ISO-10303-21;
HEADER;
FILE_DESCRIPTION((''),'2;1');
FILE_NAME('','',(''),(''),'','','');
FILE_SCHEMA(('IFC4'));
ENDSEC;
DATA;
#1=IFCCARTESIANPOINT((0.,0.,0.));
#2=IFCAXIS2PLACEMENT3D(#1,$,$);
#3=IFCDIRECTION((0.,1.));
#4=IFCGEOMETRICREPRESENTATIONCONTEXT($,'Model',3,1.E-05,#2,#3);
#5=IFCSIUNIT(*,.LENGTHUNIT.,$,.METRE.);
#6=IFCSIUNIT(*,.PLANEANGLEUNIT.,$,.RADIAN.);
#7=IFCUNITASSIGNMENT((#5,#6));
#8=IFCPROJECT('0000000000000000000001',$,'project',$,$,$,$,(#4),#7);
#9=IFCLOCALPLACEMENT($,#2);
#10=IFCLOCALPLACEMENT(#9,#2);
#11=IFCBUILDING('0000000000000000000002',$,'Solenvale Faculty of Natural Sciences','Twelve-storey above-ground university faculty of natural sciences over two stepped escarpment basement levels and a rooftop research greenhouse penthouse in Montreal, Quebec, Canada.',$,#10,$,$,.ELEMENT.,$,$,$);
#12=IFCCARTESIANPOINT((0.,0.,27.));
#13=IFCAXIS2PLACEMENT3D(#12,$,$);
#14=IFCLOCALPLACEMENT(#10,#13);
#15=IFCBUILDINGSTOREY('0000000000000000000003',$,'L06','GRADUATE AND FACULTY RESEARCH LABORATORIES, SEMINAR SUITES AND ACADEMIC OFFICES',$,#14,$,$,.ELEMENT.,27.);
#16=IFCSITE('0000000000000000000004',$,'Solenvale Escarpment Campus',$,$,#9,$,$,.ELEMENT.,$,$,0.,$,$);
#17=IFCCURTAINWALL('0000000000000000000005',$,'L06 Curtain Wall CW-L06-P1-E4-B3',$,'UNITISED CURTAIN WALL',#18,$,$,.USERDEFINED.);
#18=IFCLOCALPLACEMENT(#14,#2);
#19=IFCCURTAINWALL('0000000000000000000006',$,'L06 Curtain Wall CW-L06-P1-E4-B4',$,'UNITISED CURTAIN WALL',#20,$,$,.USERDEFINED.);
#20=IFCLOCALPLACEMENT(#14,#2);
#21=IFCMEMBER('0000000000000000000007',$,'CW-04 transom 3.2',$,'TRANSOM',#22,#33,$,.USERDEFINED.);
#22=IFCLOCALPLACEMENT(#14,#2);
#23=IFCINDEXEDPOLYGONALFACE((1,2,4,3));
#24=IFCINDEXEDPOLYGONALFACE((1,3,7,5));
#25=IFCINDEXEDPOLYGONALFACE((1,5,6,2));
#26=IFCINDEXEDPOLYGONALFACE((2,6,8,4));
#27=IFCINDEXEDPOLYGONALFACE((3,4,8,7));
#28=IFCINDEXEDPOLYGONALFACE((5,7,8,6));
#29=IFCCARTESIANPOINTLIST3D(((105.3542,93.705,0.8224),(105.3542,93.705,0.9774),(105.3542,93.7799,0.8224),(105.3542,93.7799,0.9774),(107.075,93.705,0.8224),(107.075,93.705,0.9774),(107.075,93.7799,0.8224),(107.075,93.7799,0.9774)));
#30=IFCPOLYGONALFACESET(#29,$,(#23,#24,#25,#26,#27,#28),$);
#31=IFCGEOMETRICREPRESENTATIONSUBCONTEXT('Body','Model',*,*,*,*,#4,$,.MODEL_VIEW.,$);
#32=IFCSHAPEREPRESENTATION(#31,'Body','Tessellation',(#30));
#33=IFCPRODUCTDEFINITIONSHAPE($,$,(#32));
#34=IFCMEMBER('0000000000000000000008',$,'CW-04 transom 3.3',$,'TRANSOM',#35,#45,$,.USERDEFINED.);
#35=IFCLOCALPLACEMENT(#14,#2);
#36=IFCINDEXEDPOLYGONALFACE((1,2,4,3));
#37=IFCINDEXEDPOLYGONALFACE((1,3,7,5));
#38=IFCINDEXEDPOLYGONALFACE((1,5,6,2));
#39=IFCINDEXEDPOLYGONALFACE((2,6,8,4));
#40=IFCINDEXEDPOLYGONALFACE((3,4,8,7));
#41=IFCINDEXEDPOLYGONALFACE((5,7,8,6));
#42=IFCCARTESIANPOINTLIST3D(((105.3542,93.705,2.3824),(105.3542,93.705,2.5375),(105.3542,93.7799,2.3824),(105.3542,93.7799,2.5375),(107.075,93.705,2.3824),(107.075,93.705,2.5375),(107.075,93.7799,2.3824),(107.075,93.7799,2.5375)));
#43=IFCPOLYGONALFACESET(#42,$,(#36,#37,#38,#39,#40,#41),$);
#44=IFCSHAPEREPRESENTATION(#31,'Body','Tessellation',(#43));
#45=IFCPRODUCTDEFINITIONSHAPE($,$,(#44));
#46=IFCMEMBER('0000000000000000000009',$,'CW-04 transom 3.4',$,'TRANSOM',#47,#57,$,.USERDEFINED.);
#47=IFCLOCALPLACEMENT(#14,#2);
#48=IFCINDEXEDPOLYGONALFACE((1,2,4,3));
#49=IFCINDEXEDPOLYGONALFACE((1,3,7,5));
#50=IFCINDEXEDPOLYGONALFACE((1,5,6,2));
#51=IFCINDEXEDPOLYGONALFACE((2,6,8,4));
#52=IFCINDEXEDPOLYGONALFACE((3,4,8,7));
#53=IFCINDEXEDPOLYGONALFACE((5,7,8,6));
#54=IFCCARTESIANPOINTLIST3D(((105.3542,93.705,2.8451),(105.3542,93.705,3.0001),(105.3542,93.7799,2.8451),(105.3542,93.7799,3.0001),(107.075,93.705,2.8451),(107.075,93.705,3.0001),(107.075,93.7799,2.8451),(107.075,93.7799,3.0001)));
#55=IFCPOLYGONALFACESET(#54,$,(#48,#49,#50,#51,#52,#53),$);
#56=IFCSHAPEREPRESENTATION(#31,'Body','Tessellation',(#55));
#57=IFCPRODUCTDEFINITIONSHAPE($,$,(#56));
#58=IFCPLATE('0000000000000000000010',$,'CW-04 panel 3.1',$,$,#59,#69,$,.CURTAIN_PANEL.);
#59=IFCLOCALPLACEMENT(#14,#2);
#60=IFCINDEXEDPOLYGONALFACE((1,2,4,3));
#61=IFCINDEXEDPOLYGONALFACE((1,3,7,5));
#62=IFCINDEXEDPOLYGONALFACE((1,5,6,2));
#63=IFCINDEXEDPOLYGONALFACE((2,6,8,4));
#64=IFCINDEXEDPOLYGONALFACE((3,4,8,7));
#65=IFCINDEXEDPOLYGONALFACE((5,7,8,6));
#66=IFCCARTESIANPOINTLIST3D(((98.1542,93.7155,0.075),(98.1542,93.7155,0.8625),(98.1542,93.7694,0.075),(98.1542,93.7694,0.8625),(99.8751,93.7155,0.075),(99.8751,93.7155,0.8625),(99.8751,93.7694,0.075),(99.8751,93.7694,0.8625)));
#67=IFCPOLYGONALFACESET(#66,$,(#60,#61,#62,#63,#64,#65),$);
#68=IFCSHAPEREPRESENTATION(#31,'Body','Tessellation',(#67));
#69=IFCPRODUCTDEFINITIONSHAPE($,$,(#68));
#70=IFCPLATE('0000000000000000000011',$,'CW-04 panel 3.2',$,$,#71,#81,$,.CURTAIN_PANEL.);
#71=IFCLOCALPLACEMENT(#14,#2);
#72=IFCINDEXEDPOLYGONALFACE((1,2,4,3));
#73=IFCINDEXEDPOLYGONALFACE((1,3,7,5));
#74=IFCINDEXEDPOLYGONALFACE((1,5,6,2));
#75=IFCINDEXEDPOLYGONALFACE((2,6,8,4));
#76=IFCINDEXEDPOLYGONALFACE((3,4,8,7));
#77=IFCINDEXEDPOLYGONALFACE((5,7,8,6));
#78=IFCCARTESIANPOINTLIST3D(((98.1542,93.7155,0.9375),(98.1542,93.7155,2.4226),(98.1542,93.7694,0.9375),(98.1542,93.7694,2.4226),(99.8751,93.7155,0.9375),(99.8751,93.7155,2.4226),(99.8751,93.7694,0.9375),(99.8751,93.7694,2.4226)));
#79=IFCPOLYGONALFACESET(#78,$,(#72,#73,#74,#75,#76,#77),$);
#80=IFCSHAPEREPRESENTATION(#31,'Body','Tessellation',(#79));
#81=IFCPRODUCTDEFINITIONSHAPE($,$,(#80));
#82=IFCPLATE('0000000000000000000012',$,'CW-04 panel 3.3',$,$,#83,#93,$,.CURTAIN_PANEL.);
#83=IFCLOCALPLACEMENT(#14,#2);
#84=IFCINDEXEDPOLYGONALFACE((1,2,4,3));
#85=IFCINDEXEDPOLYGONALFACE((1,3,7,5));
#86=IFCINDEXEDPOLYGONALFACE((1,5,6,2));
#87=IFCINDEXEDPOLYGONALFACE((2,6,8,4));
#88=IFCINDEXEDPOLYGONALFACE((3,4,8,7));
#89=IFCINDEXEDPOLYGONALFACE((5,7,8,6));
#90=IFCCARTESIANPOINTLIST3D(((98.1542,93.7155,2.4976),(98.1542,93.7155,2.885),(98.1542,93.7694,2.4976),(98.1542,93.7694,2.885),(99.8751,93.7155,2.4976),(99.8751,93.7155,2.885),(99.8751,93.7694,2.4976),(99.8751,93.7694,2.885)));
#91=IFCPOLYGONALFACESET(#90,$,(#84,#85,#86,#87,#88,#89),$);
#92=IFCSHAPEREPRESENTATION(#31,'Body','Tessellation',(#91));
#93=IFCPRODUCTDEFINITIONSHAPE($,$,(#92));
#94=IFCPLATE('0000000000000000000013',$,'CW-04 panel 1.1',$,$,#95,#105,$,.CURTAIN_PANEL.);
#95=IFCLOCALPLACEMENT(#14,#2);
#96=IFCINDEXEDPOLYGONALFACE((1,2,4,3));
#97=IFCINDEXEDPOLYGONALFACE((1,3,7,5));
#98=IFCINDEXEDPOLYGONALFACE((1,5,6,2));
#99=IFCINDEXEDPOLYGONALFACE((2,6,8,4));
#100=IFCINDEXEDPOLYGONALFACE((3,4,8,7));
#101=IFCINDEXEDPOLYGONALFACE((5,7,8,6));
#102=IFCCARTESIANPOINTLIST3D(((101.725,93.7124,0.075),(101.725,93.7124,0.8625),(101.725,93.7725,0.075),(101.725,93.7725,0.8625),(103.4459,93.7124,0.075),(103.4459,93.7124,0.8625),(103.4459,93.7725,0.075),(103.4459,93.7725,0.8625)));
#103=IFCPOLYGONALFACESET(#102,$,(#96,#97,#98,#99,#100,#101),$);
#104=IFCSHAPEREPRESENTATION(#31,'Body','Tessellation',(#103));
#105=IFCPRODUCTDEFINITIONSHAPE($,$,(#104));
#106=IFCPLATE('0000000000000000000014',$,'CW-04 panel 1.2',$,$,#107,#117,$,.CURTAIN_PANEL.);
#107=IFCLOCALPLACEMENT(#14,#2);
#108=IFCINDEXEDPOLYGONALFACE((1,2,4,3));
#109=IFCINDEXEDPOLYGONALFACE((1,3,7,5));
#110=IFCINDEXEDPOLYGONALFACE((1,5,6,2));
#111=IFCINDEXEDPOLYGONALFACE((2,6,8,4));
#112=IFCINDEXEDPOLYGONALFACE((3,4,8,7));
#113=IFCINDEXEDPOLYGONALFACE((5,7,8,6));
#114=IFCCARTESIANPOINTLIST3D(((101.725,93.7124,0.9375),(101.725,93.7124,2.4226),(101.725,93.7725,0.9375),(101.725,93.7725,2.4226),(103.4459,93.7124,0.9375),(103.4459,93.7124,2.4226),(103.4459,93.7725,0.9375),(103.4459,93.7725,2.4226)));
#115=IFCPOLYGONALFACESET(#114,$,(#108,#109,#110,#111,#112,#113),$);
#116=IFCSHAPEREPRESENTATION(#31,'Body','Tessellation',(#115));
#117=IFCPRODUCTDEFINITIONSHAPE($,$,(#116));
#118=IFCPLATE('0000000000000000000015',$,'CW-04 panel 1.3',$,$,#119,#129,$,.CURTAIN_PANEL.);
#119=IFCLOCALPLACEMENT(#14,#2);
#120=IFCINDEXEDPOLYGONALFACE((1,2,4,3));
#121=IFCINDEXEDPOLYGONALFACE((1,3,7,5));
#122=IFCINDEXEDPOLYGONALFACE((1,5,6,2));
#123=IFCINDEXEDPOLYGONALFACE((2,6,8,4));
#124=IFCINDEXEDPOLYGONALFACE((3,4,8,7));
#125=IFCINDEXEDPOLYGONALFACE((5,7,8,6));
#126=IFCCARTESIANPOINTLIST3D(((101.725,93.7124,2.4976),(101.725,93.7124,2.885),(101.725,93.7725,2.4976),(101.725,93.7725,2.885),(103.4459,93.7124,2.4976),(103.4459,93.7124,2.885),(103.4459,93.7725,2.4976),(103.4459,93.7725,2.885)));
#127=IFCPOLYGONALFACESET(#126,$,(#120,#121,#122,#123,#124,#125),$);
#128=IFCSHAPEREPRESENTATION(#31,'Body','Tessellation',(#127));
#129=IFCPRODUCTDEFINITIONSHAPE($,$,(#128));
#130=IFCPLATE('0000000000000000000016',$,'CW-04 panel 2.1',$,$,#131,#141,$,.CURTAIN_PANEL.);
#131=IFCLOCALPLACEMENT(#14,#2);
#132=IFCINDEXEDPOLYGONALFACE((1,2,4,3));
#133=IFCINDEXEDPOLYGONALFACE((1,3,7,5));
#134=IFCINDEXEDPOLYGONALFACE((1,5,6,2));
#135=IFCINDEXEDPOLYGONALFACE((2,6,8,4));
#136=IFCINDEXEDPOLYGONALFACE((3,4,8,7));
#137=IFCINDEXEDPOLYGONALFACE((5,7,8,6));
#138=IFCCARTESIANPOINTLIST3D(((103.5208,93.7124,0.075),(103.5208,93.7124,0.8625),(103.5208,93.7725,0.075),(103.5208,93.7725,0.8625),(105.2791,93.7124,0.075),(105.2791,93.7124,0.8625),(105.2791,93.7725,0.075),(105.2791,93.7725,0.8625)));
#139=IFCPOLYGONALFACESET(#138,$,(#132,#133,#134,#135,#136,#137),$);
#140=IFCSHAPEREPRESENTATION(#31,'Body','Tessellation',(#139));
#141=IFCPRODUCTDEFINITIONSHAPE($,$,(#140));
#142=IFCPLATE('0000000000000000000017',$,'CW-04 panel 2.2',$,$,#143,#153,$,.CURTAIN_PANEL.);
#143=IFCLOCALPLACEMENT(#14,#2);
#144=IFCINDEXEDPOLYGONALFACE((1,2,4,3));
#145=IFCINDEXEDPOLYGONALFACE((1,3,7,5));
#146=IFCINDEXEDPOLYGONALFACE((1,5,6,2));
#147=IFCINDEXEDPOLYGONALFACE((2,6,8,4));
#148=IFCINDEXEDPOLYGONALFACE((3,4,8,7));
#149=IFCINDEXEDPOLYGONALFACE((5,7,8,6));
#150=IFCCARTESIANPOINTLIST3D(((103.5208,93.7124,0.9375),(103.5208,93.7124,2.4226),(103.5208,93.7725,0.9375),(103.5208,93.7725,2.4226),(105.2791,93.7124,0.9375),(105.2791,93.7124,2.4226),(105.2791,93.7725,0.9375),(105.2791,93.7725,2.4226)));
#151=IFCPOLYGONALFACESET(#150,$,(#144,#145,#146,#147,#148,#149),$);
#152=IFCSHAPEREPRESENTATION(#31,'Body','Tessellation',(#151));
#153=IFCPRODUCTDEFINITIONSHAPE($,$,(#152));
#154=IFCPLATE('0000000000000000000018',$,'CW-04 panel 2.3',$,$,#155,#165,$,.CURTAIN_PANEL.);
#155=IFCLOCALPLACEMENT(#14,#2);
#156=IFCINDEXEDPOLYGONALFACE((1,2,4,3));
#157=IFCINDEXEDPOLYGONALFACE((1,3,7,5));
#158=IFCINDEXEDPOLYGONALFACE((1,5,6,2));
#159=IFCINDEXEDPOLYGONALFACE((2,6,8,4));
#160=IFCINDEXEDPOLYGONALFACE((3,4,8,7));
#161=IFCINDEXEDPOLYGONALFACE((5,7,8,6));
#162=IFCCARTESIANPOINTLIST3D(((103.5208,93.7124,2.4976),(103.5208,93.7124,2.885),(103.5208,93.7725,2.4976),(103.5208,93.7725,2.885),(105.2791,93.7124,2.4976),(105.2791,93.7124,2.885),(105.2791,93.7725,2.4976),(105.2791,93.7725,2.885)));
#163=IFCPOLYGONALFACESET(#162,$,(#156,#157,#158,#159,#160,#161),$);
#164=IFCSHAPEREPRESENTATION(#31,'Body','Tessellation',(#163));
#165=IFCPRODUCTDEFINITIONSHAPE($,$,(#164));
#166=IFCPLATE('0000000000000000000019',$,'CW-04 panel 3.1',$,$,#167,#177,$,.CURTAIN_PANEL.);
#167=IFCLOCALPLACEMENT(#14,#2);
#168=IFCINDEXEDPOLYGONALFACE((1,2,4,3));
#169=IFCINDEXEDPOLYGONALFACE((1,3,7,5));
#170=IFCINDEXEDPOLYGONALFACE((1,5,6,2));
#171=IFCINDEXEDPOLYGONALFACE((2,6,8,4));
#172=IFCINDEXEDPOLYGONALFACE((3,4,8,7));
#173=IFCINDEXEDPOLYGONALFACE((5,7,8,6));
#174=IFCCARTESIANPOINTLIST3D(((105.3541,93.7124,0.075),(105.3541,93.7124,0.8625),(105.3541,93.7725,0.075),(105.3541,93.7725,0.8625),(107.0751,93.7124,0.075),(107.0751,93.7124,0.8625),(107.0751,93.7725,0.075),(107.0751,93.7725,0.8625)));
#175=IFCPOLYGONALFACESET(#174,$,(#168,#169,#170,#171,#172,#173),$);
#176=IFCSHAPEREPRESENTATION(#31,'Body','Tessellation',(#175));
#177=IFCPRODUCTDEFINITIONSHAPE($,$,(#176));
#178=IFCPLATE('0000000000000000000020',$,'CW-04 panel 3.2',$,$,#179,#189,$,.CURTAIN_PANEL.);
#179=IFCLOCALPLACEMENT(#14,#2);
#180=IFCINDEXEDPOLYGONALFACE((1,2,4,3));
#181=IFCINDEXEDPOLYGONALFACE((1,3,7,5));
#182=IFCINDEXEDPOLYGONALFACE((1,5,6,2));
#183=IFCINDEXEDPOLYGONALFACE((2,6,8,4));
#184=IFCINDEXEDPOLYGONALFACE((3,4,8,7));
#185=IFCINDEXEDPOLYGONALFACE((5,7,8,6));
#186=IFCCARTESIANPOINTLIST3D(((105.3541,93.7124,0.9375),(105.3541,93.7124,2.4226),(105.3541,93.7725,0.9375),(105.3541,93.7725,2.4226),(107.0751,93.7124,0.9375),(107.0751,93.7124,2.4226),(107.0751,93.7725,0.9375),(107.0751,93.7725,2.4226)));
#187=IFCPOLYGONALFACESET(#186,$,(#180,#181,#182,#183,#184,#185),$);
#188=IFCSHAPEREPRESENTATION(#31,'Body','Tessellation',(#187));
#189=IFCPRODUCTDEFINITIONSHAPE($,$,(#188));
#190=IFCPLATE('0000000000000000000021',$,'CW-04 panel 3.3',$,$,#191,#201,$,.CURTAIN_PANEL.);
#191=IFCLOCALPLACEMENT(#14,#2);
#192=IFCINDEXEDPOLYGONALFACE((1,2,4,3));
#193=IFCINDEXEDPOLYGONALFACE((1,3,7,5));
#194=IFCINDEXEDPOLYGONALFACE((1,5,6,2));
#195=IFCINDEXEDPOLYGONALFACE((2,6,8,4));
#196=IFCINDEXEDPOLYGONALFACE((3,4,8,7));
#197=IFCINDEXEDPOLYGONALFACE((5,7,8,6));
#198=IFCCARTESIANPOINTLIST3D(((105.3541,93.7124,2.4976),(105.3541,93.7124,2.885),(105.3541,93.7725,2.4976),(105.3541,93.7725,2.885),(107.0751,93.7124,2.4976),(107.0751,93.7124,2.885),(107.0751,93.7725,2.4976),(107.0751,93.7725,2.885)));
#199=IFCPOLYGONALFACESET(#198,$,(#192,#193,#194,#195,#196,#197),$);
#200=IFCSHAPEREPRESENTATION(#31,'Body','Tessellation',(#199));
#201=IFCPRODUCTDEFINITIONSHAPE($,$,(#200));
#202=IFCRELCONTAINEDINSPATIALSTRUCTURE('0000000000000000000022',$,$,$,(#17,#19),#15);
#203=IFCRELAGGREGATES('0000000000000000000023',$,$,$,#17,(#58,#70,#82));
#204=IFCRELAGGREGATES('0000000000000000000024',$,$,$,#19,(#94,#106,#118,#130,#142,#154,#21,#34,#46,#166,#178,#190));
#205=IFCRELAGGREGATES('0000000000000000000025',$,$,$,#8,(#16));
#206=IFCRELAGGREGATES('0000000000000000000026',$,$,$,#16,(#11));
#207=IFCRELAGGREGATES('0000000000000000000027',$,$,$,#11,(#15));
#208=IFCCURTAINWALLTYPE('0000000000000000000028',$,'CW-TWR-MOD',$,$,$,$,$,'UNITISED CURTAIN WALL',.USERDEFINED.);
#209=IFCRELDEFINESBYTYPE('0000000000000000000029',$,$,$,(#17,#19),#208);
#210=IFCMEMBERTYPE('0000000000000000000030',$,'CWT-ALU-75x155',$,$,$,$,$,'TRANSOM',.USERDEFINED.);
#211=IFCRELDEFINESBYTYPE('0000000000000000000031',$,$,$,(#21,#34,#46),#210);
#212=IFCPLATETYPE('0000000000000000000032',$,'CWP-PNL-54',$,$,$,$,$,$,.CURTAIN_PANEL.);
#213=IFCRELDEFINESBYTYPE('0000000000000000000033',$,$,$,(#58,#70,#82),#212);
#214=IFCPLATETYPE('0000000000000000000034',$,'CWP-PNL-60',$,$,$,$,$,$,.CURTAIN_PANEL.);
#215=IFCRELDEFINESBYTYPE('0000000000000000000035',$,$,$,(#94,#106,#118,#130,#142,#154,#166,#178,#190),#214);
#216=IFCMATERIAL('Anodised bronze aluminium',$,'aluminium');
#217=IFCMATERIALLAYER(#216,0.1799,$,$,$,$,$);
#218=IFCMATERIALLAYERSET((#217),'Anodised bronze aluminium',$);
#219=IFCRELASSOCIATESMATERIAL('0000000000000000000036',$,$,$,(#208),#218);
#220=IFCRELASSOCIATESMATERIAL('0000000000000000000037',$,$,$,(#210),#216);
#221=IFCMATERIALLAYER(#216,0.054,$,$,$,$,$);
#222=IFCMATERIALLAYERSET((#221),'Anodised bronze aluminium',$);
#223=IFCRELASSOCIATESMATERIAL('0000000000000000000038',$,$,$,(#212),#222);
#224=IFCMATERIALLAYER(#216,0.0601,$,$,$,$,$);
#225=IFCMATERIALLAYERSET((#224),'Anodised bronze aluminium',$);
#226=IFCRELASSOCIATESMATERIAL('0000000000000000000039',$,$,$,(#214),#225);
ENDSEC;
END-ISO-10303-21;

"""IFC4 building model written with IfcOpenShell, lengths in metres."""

from ifc_helpers import new_model, si_unit, direction, frame, origin, origin_2d, place, context, subcontext, project, spatial, rectangle, extrude, material, layer, layer_set, material_profile, profile_set, type_object, element, aggregate, save


model = new_model("IFC4")

# Units and contexts
model_context = context("Model", 3, precision=1e-05, world=origin(), true_north=direction((0.0, 1.0)))
body_context = subcontext(model_context, "Body", "Model", "MODEL_VIEW")
ifc_project = project(units=[si_unit("LENGTHUNIT", "METRE"), si_unit("PLANEANGLEUNIT", "RADIAN")], contexts=[model_context])

# Site, building, storey
site_placement = place(None, origin())
site = spatial("IfcSite", under=ifc_project, at=site_placement, Name="Solenvale Escarpment Campus", CompositionType="ELEMENT", RefElevation=0.0)
building_placement = place(site_placement, origin())
building = spatial("IfcBuilding", under=site, at=building_placement, Name="Solenvale Faculty of Natural Sciences", Description="Twelve-storey above-ground university faculty of natural sciences over two stepped escarpment basement levels and a rooftop research greenhouse penthouse in Montreal, Quebec, Canada.", CompositionType="ELEMENT")
storey_placement = place(building_placement, frame((0.0, 0.0, 27.0)))
storey = spatial("IfcBuildingStorey", under=building, at=storey_placement, Name="L06", Description="GRADUATE AND FACULTY RESEARCH LABORATORIES, SEMINAR SUITES AND ACADEMIC OFFICES", CompositionType="ELEMENT", Elevation=27.0)

# Curtain wall
ifc_material_1 = material(Name="Anodised bronze aluminium", Category="aluminium")
ifc_layer_1 = layer(ifc_material_1, 0.1799)
ifc_layer_set_1 = layer_set([ifc_layer_1], Name="Anodised bronze aluminium")
curtain_wall_type = type_object("IfcCurtainWallType", Name="CW-TWR-MOD", ElementType="UNITISED CURTAIN WALL", PredefinedType="USERDEFINED", material=ifc_layer_set_1)
curtain_wall_1_placement = place(storey_placement, origin())
curtain_wall_1 = element("IfcCurtainWall", 1, at=curtain_wall_1_placement, inside=storey, type_object=curtain_wall_type, Name="L06 Curtain Wall CW-L06-P1-E4-B3", ObjectType="UNITISED CURTAIN WALL", PredefinedType="USERDEFINED")

# Curtain wall
curtain_wall_2_placement = place(storey_placement, origin())
curtain_wall_2 = element("IfcCurtainWall", 2, at=curtain_wall_2_placement, inside=storey, type_object=curtain_wall_type, Name="L06 Curtain Wall CW-L06-P1-E4-B4", ObjectType="UNITISED CURTAIN WALL", PredefinedType="USERDEFINED")

# Members
ifc_material_profile_1 = material_profile(ifc_material_1, rectangle(XDim=0.075, YDim=0.155, at=origin_2d()), Name="ALU-TRN-75x155")
ifc_profile_set_1 = profile_set([ifc_material_profile_1], Name="Anodised bronze aluminium")
member_type_1 = type_object("IfcMemberType", Name="CWT-ALU-75x155", ElementType="TRANSOM", PredefinedType="USERDEFINED", material=ifc_profile_set_1)
member_1_placement = place(storey_placement, frame((105.3542, 93.7424, 0.8999), z_axis=(1.0, 0.0, 0.0), x_axis=(0.0, 1.0, 0.0)))
member_1 = element("IfcMember", 3, at=member_1_placement, type_object=member_type_1, Name="CW-04 transom 3.2", ObjectType="TRANSOM", PredefinedType="USERDEFINED", context=body_context, shape_type="SweptSolid", body=[
    extrude(rectangle(XDim=0.075, YDim=0.155, at=origin_2d()), origin(), (0.0, 0.0, 1.0), 1.7207),
])
member_2_placement = place(storey_placement, frame((105.3542, 93.7424, 2.46), z_axis=(1.0, 0.0, 0.0), x_axis=(0.0, 1.0, 0.0)))
member_2 = element("IfcMember", 4, at=member_2_placement, type_object=member_type_1, Name="CW-04 transom 3.3", ObjectType="TRANSOM", PredefinedType="USERDEFINED", context=body_context, shape_type="SweptSolid", body=[
    extrude(rectangle(XDim=0.075, YDim=0.155, at=origin_2d()), origin(), (0.0, 0.0, 1.0), 1.7207),
])
member_3_placement = place(storey_placement, frame((105.3542, 93.7424, 2.9226), z_axis=(1.0, 0.0, 0.0), x_axis=(0.0, 1.0, 0.0)))
member_3 = element("IfcMember", 5, at=member_3_placement, type_object=member_type_1, Name="CW-04 transom 3.4", ObjectType="TRANSOM", PredefinedType="USERDEFINED", context=body_context, shape_type="SweptSolid", body=[
    extrude(rectangle(XDim=0.075, YDim=0.155, at=origin_2d()), origin(), (0.0, 0.0, 1.0), 1.7207),
])

# Plates
ifc_layer_2 = layer(ifc_material_1, 0.054)
ifc_layer_set_2 = layer_set([ifc_layer_2], Name="Anodised bronze aluminium")
plate_type_1 = type_object("IfcPlateType", Name="CWP-PNL-54", PredefinedType="CURTAIN_PANEL", material=ifc_layer_set_2)
plate_1_placement = place(storey_placement, frame((99.0146, 93.7424, 0.075), z_axis=(0.0, 0.0, 1.0), x_axis=(1.0, 0.0, 0.0)))
plate_1 = element("IfcPlate", 6, at=plate_1_placement, type_object=plate_type_1, Name="CW-04 panel 3.1", PredefinedType="CURTAIN_PANEL", context=body_context, shape_type="SweptSolid", body=[
    extrude(rectangle(XDim=1.7209, YDim=0.054, at=origin_2d()), origin(), (0.0, 0.0, 1.0), 0.7876),
])
plate_2_placement = place(storey_placement, frame((99.0146, 93.7424, 0.9375), z_axis=(0.0, 0.0, 1.0), x_axis=(1.0, 0.0, 0.0)))
plate_2 = element("IfcPlate", 7, at=plate_2_placement, type_object=plate_type_1, Name="CW-04 panel 3.2", PredefinedType="CURTAIN_PANEL", context=body_context, shape_type="SweptSolid", body=[
    extrude(rectangle(XDim=1.7209, YDim=0.054, at=origin_2d()), origin(), (0.0, 0.0, 1.0), 1.4851),
])
plate_3_placement = place(storey_placement, frame((99.0146, 93.7424, 2.4976), z_axis=(0.0, 0.0, 1.0), x_axis=(1.0, 0.0, 0.0)))
plate_3 = element("IfcPlate", 8, at=plate_3_placement, type_object=plate_type_1, Name="CW-04 panel 3.3", PredefinedType="CURTAIN_PANEL", context=body_context, shape_type="SweptSolid", body=[
    extrude(rectangle(XDim=1.7209, YDim=0.054, at=origin_2d()), origin(), (0.0, 0.0, 1.0), 0.3875),
])
aggregate(curtain_wall_1, [plate_1, plate_2, plate_3])
ifc_layer_3 = layer(ifc_material_1, 0.0601)
ifc_layer_set_3 = layer_set([ifc_layer_3], Name="Anodised bronze aluminium")
plate_type_2 = type_object("IfcPlateType", Name="CWP-PNL-60", PredefinedType="CURTAIN_PANEL", material=ifc_layer_set_3)
plate_4_placement = place(storey_placement, frame((102.5854, 93.7424, 0.075), z_axis=(0.0, 0.0, 1.0), x_axis=(1.0, 0.0, 0.0)))
plate_4 = element("IfcPlate", 9, at=plate_4_placement, type_object=plate_type_2, Name="CW-04 panel 1.1", PredefinedType="CURTAIN_PANEL", context=body_context, shape_type="SweptSolid", body=[
    extrude(rectangle(XDim=1.7209, YDim=0.0601, at=origin_2d()), origin(), (0.0, 0.0, 1.0), 0.7876),
])
plate_5_placement = place(storey_placement, frame((102.5854, 93.7424, 0.9375), z_axis=(0.0, 0.0, 1.0), x_axis=(1.0, 0.0, 0.0)))
plate_5 = element("IfcPlate", 10, at=plate_5_placement, type_object=plate_type_2, Name="CW-04 panel 1.2", PredefinedType="CURTAIN_PANEL", context=body_context, shape_type="SweptSolid", body=[
    extrude(rectangle(XDim=1.7209, YDim=0.0601, at=origin_2d()), origin(), (0.0, 0.0, 1.0), 1.4851),
])
plate_6_placement = place(storey_placement, frame((102.5854, 93.7424, 2.4976), z_axis=(0.0, 0.0, 1.0), x_axis=(1.0, 0.0, 0.0)))
plate_6 = element("IfcPlate", 11, at=plate_6_placement, type_object=plate_type_2, Name="CW-04 panel 1.3", PredefinedType="CURTAIN_PANEL", context=body_context, shape_type="SweptSolid", body=[
    extrude(rectangle(XDim=1.7209, YDim=0.0601, at=origin_2d()), origin(), (0.0, 0.0, 1.0), 0.3875),
])
plate_7_placement = place(storey_placement, frame((104.3999, 93.7424, 0.075), z_axis=(0.0, 0.0, 1.0), x_axis=(1.0, 0.0, 0.0)))
plate_7 = element("IfcPlate", 12, at=plate_7_placement, type_object=plate_type_2, Name="CW-04 panel 2.1", PredefinedType="CURTAIN_PANEL", context=body_context, shape_type="SweptSolid", body=[
    extrude(rectangle(XDim=1.7583, YDim=0.0601, at=origin_2d()), origin(), (0.0, 0.0, 1.0), 0.7876),
])
plate_8_placement = place(storey_placement, frame((104.3999, 93.7424, 0.9375), z_axis=(0.0, 0.0, 1.0), x_axis=(1.0, 0.0, 0.0)))
plate_8 = element("IfcPlate", 13, at=plate_8_placement, type_object=plate_type_2, Name="CW-04 panel 2.2", PredefinedType="CURTAIN_PANEL", context=body_context, shape_type="SweptSolid", body=[
    extrude(rectangle(XDim=1.7583, YDim=0.0601, at=origin_2d()), origin(), (0.0, 0.0, 1.0), 1.4851),
])
plate_9_placement = place(storey_placement, frame((104.3999, 93.7424, 2.4976), z_axis=(0.0, 0.0, 1.0), x_axis=(1.0, 0.0, 0.0)))
plate_9 = element("IfcPlate", 14, at=plate_9_placement, type_object=plate_type_2, Name="CW-04 panel 2.3", PredefinedType="CURTAIN_PANEL", context=body_context, shape_type="SweptSolid", body=[
    extrude(rectangle(XDim=1.7583, YDim=0.0601, at=origin_2d()), origin(), (0.0, 0.0, 1.0), 0.3875),
])
plate_10_placement = place(storey_placement, frame((106.2146, 93.7424, 0.075), z_axis=(0.0, 0.0, 1.0), x_axis=(1.0, 0.0, 0.0)))
plate_10 = element("IfcPlate", 15, at=plate_10_placement, type_object=plate_type_2, Name="CW-04 panel 3.1", PredefinedType="CURTAIN_PANEL", context=body_context, shape_type="SweptSolid", body=[
    extrude(rectangle(XDim=1.7209, YDim=0.0601, at=origin_2d()), origin(), (0.0, 0.0, 1.0), 0.7876),
])
plate_11_placement = place(storey_placement, frame((106.2146, 93.7424, 0.9375), z_axis=(0.0, 0.0, 1.0), x_axis=(1.0, 0.0, 0.0)))
plate_11 = element("IfcPlate", 16, at=plate_11_placement, type_object=plate_type_2, Name="CW-04 panel 3.2", PredefinedType="CURTAIN_PANEL", context=body_context, shape_type="SweptSolid", body=[
    extrude(rectangle(XDim=1.7209, YDim=0.0601, at=origin_2d()), origin(), (0.0, 0.0, 1.0), 1.4851),
])
plate_12_placement = place(storey_placement, frame((106.2146, 93.7424, 2.4976), z_axis=(0.0, 0.0, 1.0), x_axis=(1.0, 0.0, 0.0)))
plate_12 = element("IfcPlate", 17, at=plate_12_placement, type_object=plate_type_2, Name="CW-04 panel 3.3", PredefinedType="CURTAIN_PANEL", context=body_context, shape_type="SweptSolid", body=[
    extrude(rectangle(XDim=1.7209, YDim=0.0601, at=origin_2d()), origin(), (0.0, 0.0, 1.0), 0.3875),
])
aggregate(curtain_wall_2, [plate_4, plate_5, plate_6, plate_7, plate_8, plate_9, member_1, member_2, member_3, plate_10, plate_11, plate_12])

save(model, "model.ifc")
